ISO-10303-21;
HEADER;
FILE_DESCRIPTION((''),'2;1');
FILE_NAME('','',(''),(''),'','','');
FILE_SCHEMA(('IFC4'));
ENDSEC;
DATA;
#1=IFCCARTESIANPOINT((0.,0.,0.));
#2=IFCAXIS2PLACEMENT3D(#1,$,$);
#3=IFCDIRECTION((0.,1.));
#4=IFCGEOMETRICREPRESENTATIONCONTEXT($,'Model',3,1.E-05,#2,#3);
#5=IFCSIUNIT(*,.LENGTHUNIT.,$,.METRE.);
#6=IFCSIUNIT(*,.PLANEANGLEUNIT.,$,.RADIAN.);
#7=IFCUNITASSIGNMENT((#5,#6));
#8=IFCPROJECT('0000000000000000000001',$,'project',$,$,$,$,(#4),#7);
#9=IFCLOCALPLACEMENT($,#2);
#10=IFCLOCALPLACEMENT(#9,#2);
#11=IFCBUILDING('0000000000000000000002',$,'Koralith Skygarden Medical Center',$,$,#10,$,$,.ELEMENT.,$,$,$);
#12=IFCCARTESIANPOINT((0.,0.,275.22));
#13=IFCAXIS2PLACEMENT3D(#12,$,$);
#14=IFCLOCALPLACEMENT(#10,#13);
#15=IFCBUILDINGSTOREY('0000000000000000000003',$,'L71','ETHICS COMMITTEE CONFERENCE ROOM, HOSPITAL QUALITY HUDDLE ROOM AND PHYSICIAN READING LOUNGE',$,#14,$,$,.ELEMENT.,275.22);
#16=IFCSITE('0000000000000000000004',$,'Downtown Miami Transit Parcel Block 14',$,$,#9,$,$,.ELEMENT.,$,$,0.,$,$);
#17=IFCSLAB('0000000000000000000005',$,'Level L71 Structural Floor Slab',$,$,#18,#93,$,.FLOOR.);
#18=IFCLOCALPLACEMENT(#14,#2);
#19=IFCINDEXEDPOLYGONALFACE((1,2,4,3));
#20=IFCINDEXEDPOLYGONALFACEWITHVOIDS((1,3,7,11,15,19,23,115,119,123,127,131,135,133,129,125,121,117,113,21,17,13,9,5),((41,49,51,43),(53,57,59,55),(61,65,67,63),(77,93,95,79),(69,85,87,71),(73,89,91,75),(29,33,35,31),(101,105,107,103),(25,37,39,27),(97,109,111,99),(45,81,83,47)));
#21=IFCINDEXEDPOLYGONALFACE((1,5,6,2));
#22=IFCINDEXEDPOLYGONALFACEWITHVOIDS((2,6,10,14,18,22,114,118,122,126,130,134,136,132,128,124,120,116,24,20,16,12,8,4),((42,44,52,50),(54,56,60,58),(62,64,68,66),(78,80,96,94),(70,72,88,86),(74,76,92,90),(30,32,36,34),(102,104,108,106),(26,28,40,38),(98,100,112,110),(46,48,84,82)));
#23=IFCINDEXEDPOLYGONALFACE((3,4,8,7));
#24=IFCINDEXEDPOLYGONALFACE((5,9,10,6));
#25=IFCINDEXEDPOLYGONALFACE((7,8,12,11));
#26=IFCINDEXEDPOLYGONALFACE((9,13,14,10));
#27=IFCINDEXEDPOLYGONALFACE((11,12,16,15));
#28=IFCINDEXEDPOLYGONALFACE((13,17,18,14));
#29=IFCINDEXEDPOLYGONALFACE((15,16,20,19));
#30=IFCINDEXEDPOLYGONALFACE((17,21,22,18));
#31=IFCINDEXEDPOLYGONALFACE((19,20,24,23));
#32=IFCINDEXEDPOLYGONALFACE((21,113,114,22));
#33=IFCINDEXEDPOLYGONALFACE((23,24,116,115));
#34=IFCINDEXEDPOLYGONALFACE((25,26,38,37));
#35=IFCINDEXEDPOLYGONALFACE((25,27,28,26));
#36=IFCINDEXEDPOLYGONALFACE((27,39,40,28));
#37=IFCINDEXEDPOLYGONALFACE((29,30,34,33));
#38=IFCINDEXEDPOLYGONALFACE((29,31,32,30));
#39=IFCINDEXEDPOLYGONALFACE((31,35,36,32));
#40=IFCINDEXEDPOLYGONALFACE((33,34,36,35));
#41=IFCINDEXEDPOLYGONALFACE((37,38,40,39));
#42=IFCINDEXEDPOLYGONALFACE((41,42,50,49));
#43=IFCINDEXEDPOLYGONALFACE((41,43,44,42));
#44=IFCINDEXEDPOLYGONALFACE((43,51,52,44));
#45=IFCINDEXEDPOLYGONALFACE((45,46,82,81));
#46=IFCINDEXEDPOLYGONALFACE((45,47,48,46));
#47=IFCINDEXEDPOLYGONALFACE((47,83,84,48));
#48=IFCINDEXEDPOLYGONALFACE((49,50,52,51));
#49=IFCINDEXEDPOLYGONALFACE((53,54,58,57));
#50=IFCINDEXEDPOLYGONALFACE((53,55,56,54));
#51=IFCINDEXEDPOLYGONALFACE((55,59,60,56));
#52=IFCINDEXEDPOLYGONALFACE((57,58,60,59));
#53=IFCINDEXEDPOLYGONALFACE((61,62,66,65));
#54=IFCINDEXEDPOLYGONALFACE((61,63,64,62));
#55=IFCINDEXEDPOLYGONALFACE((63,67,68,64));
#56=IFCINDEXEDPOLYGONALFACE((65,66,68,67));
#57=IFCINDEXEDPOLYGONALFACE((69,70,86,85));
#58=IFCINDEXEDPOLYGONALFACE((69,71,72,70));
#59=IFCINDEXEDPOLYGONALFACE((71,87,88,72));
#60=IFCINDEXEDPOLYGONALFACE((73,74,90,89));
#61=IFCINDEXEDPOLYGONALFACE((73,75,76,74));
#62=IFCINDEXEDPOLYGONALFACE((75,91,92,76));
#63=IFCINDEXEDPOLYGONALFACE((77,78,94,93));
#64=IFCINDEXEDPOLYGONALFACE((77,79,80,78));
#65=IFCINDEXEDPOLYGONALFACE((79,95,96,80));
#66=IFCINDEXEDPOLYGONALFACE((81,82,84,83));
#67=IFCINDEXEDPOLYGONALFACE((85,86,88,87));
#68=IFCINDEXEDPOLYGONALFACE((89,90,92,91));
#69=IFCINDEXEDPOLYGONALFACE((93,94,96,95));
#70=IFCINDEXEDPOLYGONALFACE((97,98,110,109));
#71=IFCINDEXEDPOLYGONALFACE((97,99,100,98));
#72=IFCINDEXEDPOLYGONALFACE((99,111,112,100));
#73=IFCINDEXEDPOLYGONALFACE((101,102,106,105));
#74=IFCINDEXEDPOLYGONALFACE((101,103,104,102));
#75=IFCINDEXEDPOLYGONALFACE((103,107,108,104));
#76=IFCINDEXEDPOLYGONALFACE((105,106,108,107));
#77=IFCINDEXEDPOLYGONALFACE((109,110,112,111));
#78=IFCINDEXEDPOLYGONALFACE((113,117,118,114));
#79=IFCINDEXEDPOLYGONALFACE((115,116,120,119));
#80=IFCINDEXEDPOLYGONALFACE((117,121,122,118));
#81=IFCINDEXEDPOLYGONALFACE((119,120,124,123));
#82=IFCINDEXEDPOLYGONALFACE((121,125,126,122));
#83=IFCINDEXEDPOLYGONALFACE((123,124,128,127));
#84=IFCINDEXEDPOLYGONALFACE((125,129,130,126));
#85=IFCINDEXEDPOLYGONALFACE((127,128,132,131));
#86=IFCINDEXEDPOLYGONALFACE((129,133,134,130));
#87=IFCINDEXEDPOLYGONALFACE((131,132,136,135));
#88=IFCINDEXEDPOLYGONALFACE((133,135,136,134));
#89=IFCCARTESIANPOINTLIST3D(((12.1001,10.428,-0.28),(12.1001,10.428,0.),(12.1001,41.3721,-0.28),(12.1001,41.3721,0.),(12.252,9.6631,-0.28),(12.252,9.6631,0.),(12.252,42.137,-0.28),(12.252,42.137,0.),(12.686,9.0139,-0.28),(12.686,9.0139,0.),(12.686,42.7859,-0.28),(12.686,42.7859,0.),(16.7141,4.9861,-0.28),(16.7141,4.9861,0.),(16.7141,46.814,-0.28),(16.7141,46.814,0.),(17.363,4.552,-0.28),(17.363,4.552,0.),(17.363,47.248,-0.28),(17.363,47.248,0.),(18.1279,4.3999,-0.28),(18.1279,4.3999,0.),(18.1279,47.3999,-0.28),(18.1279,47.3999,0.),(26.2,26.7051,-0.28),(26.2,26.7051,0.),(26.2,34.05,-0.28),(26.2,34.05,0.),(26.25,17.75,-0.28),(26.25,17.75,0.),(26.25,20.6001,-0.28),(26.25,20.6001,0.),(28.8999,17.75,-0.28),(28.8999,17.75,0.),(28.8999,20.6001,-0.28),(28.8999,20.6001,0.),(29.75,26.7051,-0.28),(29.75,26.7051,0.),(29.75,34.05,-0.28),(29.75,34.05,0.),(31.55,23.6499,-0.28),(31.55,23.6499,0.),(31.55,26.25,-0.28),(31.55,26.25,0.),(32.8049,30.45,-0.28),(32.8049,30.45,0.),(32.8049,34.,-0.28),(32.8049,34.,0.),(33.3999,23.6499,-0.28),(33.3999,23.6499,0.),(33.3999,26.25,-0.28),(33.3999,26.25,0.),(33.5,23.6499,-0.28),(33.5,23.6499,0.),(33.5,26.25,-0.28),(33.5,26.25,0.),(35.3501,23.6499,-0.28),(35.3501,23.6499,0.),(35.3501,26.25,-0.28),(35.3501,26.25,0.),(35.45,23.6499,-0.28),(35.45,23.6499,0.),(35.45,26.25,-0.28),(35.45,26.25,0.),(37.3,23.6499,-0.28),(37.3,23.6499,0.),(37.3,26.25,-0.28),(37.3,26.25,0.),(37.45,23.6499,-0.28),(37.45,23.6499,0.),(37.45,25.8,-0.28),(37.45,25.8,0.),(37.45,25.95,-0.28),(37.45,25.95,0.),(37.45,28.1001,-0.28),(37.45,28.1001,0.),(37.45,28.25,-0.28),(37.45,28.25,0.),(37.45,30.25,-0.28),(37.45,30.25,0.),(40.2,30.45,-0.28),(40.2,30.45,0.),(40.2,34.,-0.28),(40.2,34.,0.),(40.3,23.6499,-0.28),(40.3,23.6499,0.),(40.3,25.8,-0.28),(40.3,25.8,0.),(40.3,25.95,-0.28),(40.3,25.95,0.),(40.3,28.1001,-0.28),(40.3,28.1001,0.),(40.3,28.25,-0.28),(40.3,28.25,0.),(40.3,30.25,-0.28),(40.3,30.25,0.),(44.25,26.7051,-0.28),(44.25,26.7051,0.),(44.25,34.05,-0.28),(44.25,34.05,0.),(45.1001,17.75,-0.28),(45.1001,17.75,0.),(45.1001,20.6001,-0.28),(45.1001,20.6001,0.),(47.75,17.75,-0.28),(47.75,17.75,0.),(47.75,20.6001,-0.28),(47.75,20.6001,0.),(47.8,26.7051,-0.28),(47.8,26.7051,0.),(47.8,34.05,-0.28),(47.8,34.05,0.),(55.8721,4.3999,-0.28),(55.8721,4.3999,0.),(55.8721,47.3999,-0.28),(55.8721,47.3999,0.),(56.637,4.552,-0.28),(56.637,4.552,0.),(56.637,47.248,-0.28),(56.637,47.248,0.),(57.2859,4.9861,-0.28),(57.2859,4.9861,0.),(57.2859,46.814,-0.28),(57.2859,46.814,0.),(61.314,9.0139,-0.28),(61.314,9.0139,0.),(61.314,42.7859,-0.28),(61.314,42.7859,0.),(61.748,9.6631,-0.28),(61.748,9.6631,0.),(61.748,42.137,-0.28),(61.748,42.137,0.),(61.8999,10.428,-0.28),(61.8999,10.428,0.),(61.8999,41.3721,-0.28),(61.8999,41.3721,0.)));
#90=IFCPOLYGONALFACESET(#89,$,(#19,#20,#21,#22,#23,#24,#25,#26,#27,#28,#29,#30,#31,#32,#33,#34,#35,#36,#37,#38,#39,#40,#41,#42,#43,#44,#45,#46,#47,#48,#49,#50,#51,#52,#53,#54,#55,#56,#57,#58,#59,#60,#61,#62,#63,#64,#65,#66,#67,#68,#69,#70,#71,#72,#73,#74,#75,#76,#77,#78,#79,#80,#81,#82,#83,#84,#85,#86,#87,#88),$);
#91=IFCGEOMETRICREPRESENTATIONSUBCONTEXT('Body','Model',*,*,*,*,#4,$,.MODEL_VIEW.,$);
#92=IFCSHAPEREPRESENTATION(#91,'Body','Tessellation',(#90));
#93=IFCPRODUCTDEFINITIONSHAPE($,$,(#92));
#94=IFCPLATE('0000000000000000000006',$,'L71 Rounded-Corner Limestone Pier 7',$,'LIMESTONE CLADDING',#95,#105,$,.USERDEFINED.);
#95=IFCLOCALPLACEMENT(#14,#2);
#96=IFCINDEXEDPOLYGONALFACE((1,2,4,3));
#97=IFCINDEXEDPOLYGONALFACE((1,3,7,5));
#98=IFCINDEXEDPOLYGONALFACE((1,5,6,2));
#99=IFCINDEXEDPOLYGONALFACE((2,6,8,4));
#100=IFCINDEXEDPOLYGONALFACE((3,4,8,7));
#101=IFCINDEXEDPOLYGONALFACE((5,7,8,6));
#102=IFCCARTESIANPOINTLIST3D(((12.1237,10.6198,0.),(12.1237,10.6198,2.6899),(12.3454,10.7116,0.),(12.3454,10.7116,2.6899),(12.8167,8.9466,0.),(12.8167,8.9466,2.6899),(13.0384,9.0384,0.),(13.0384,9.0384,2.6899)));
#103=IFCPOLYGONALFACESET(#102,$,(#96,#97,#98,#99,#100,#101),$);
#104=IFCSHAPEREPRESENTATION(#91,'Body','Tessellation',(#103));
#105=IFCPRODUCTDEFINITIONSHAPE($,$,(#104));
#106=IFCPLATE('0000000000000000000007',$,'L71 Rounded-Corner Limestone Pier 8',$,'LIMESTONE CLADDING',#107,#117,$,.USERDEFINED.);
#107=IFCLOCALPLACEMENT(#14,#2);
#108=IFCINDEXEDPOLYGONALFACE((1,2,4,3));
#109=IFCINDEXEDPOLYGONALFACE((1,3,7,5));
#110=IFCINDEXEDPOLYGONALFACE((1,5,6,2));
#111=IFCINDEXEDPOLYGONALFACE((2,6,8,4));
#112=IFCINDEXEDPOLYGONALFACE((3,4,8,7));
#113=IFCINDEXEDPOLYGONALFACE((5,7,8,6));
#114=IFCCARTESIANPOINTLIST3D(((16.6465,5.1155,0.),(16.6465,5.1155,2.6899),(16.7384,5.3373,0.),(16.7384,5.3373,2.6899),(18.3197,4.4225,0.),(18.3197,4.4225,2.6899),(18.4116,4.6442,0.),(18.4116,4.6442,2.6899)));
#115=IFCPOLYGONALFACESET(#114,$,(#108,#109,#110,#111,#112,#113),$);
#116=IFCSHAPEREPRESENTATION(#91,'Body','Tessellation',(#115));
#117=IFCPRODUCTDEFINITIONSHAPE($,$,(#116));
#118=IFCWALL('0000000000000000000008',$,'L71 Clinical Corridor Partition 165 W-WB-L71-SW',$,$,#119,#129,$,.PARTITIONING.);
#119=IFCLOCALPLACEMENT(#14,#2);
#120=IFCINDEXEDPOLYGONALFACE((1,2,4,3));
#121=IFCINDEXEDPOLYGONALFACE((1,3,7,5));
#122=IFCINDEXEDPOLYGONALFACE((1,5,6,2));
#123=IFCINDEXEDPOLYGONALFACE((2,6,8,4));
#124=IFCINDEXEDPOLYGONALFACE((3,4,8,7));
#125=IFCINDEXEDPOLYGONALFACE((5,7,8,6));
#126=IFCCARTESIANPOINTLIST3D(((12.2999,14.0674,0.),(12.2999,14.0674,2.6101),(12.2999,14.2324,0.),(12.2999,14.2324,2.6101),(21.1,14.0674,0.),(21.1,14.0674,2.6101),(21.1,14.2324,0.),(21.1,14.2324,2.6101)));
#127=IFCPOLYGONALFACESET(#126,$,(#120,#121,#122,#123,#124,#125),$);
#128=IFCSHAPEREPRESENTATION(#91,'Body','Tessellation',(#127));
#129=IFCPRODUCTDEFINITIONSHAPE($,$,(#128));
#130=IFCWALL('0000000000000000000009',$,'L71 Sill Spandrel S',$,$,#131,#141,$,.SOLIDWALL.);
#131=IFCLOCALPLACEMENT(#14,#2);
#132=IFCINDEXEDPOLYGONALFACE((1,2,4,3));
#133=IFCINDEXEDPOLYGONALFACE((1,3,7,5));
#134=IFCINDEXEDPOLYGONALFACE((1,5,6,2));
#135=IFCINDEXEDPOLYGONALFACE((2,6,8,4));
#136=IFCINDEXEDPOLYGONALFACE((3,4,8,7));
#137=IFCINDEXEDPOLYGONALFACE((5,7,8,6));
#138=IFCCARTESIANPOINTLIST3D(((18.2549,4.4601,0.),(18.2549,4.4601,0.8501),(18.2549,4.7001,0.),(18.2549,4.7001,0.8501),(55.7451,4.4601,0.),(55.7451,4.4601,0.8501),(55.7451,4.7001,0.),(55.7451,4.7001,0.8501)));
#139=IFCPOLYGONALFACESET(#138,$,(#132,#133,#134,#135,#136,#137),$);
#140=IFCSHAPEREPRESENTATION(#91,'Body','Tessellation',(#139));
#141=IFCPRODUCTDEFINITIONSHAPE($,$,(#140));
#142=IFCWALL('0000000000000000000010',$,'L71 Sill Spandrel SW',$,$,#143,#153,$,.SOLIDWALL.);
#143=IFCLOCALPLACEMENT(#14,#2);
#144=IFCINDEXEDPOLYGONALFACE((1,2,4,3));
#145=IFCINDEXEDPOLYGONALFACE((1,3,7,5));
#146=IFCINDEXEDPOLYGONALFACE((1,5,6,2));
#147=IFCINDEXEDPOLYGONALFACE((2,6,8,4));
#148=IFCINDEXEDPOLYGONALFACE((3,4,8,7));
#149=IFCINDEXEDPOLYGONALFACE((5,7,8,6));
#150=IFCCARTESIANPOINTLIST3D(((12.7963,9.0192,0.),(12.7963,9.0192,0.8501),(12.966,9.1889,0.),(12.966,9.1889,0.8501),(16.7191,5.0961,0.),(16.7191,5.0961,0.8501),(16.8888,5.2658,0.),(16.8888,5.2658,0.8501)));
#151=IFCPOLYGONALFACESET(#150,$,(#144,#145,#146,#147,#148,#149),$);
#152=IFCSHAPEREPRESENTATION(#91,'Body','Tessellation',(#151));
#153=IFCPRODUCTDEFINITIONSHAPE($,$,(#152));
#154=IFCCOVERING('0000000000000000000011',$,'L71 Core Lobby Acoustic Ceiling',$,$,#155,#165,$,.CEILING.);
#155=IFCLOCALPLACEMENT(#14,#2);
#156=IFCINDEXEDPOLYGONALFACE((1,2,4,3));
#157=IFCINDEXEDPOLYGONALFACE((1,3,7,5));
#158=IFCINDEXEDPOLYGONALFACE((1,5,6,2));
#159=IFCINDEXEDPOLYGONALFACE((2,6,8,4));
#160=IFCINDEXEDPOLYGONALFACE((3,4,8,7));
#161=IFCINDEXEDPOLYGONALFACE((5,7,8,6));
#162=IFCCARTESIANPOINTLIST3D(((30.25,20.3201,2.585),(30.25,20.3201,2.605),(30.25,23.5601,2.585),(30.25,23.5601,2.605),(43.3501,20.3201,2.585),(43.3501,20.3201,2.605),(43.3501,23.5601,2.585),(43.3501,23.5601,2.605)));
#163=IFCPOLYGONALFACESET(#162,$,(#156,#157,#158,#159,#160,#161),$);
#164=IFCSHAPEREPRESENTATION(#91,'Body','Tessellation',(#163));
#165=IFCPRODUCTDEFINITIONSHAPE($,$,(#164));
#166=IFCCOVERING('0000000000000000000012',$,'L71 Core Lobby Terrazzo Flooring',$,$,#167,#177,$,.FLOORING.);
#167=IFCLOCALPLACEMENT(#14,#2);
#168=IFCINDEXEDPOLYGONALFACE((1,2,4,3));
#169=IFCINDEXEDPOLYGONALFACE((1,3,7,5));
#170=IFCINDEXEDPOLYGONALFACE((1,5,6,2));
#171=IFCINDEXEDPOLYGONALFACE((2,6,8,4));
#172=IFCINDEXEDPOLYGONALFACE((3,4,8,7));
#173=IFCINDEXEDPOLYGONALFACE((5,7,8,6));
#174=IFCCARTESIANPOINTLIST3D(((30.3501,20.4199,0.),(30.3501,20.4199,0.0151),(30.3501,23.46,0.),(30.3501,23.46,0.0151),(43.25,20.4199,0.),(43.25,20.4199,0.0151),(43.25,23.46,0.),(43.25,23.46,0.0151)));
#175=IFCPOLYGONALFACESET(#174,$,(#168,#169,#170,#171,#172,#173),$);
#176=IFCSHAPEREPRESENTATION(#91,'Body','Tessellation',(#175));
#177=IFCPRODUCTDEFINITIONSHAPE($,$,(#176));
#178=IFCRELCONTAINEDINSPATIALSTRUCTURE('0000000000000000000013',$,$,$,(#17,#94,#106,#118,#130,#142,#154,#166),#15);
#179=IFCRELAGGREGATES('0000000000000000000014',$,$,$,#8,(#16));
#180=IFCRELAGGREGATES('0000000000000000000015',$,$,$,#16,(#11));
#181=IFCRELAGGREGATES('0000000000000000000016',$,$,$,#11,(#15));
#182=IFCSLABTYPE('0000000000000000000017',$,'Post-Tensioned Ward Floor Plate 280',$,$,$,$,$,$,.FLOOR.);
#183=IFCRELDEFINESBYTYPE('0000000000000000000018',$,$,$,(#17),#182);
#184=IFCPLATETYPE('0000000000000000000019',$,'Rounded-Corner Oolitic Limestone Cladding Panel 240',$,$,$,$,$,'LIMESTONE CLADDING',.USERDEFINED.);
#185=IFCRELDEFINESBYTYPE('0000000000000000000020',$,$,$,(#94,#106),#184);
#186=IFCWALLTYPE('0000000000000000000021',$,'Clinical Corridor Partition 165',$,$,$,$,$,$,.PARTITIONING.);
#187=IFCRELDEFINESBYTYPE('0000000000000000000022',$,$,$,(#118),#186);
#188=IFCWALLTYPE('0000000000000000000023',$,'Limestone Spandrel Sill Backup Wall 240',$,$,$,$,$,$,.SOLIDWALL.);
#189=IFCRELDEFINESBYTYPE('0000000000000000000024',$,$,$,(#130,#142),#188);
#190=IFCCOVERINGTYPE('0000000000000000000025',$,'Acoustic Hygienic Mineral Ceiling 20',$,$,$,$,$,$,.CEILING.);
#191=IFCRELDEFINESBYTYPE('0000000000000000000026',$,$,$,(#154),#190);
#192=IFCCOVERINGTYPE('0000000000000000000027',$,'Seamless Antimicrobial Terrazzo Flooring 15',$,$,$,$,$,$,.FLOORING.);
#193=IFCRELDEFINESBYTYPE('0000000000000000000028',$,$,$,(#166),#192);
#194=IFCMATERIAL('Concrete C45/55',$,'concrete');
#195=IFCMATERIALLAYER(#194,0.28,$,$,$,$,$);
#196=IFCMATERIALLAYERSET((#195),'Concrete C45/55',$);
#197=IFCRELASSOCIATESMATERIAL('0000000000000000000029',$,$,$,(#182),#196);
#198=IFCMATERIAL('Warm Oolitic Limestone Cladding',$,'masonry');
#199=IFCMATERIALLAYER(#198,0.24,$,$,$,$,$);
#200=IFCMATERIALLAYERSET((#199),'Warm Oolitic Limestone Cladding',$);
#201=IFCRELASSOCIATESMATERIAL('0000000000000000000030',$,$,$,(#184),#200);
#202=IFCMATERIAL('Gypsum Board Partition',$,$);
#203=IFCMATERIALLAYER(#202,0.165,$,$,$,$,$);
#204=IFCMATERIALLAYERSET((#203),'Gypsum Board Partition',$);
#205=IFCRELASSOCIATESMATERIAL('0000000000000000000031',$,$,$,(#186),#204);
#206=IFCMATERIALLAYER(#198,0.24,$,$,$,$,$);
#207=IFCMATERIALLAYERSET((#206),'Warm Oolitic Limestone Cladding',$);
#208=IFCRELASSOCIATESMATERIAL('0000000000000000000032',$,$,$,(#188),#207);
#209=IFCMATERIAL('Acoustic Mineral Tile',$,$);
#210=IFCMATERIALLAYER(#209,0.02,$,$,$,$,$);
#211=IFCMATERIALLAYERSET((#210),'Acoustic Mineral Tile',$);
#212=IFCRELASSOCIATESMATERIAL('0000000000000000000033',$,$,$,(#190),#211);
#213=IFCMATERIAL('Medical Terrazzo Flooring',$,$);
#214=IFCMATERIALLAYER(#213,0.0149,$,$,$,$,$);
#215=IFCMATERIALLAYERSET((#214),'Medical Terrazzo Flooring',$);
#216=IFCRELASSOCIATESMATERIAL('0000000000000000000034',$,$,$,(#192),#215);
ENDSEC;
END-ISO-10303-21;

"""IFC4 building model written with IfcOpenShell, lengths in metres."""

from ifc_helpers import new_model, si_unit, direction, frame, frame_2d, origin, origin_2d, place, context, subcontext, project, spatial, polyline, rectangle, outline, extrude, material, layer, layer_set, type_object, element, save


model = new_model("IFC4")

# Units and contexts
model_context = context("Model", 3, precision=1e-05, world=origin(), true_north=direction((0.0, 1.0)))
body_context = subcontext(model_context, "Body", "Model", "MODEL_VIEW")
ifc_project = project(units=[si_unit("LENGTHUNIT", "METRE"), si_unit("PLANEANGLEUNIT", "RADIAN")], contexts=[model_context])

# Site, building, storey
site_placement = place(None, origin())
site = spatial("IfcSite", under=ifc_project, at=site_placement, Name="Downtown Miami Transit Parcel Block 14", CompositionType="ELEMENT", RefElevation=0.0)
building_placement = place(site_placement, origin())
building = spatial("IfcBuilding", under=site, at=building_placement, Name="Koralith Skygarden Medical Center", CompositionType="ELEMENT")
storey_placement = place(building_placement, frame((0.0, 0.0, 275.22)))
storey = spatial("IfcBuildingStorey", under=building, at=storey_placement, Name="L71", Description="ETHICS COMMITTEE CONFERENCE ROOM, HOSPITAL QUALITY HUDDLE ROOM AND PHYSICIAN READING LOUNGE", CompositionType="ELEMENT", Elevation=275.22)

# Shared definitions
ifc_material_1 = material(Name="Concrete C45/55", Category="concrete")

# Slab
ifc_layer_1 = layer(ifc_material_1, 0.28)
ifc_layer_set_1 = layer_set([ifc_layer_1], Name="Concrete C45/55")
slab_type_1 = type_object("IfcSlabType", Name="Post-Tensioned Ward Floor Plate 280", PredefinedType="FLOOR", material=ifc_layer_set_1)
slab_1_placement = place(storey_placement, frame((0.0, 0.0, -0.28)))
element("IfcSlab", 1, at=slab_1_placement, inside=storey, type_object=slab_type_1, Name="Level L71 Structural Floor Slab", PredefinedType="FLOOR", context=body_context, shape_type="SweptSolid", body=[
    extrude(outline(polyline([(16.7141, 4.9861), (17.363, 4.552), (18.1279, 4.3999), (55.8721, 4.3999), (56.637, 4.552), (57.2859, 4.9861), (61.314, 9.0139), (61.748, 9.6631), (61.8999, 10.428), (61.8999, 41.3721), (61.748, 42.137), (61.314, 42.7859), (57.2859, 46.814), (56.637, 47.248), (55.8721, 47.3999), (18.1279, 47.3999), (17.363, 47.248), (16.7141, 46.814), (12.686, 42.7859), (12.252, 42.137), (12.1001, 41.3721), (12.1001, 10.428), (12.252, 9.6631), (12.686, 9.0139), (16.7141, 4.9861)]), holes=[polyline([(26.2, 26.7051), (29.75, 26.7051), (29.75, 34.05), (26.2, 34.05), (26.2, 26.7051)]), polyline([(44.25, 26.7051), (47.8, 26.7051), (47.8, 34.05), (44.25, 34.05), (44.25, 26.7051)]), polyline([(32.8049, 30.45), (40.2, 30.45), (40.2, 34.0), (32.8049, 34.0), (32.8049, 30.45)]), polyline([(26.25, 17.75), (28.8999, 17.75), (28.8999, 20.6001), (26.25, 20.6001), (26.25, 17.75)]), polyline([(45.1001, 17.75), (47.75, 17.75), (47.75, 20.6001), (45.1001, 20.6001), (45.1001, 17.75)]), polyline([(31.55, 23.6499), (33.3999, 23.6499), (33.3999, 26.25), (31.55, 26.25), (31.55, 23.6499)]), polyline([(33.5, 23.6499), (35.3501, 23.6499), (35.3501, 26.25), (33.5, 26.25), (33.5, 23.6499)]), polyline([(35.45, 23.6499), (37.3, 23.6499), (37.3, 26.25), (35.45, 26.25), (35.45, 23.6499)]), polyline([(37.45, 23.6499), (40.3, 23.6499), (40.3, 25.8), (37.45, 25.8), (37.45, 23.6499)]), polyline([(37.45, 25.95), (40.3, 25.95), (40.3, 28.1001), (37.45, 28.1001), (37.45, 25.95)]), polyline([(37.45, 28.25), (40.3, 28.25), (40.3, 30.25), (37.45, 30.25), (37.45, 28.25)])]), origin(), (0.0, 0.0, 1.0), 0.28),
])

# Plates
ifc_material_2 = material(Name="Warm Oolitic Limestone Cladding", Category="masonry")
ifc_layer_2 = layer(ifc_material_2, 0.24)
ifc_layer_set_2 = layer_set([ifc_layer_2], Name="Warm Oolitic Limestone Cladding")
plate_type_1 = type_object("IfcPlateType", Name="Rounded-Corner Oolitic Limestone Cladding Panel 240", ElementType="LIMESTONE CLADDING", PredefinedType="USERDEFINED", material=ifc_layer_set_2)
for number, where, z_axis, x_axis, name in (
    (2, (12.5811, 9.8291, 0.0), (0.0, 0.0, 1.0), (0.382671, -0.923885, 0.0), "L71 Rounded-Corner Limestone Pier 7"),
    (3, (17.5291, 4.8799, 0.0), (0.0, 0.0, 1.0), (0.923885, -0.382671, 0.0), "L71 Rounded-Corner Limestone Pier 8"),
):
    element("IfcPlate", number, at=place(storey_placement, frame(where, z_axis=z_axis, x_axis=x_axis)), inside=storey, type_object=plate_type_1, Name=name, ObjectType="LIMESTONE CLADDING", PredefinedType="USERDEFINED", context=body_context, shape_type="SweptSolid", body=[
        extrude(rectangle(XDim=1.811, YDim=0.24, at=origin_2d()), origin(), (0.0, 0.0, 1.0), 2.6899),
    ])

# Walls
ifc_material_3 = material(Name="Gypsum Board Partition")
ifc_layer_3 = layer(ifc_material_3, 0.165)
ifc_layer_set_3 = layer_set([ifc_layer_3], Name="Gypsum Board Partition")
wall_type_1 = type_object("IfcWallType", Name="Clinical Corridor Partition 165", PredefinedType="PARTITIONING", material=ifc_layer_set_3)
wall_1_placement = place(storey_placement, frame((12.3, 14.1499, 0.0), z_axis=(0.0, 0.0, 1.0), x_axis=(1.0, 0.0, 0.0)))
element("IfcWall", 4, at=wall_1_placement, inside=storey, type_object=wall_type_1, Name="L71 Clinical Corridor Partition 165 W-WB-L71-SW", PredefinedType="PARTITIONING", context=body_context, shape_type="SweptSolid", body=[
    extrude(rectangle(XDim=8.8, YDim=0.165, at=frame_2d((4.3999, 0.0))), origin(), (0.0, 0.0, 1.0), 2.6101),
])
ifc_layer_4 = layer(ifc_material_2, 0.24)
ifc_layer_set_4 = layer_set([ifc_layer_4], Name="Warm Oolitic Limestone Cladding")
wall_type_2 = type_object("IfcWallType", Name="Limestone Spandrel Sill Backup Wall 240", PredefinedType="SOLIDWALL", material=ifc_layer_set_4)
wall_2_placement = place(storey_placement, frame((18.2549, 4.5801, 0.0), z_axis=(0.0, 0.0, 1.0), x_axis=(1.0, 0.0, 0.0)))
element("IfcWall", 5, at=wall_2_placement, inside=storey, type_object=wall_type_2, Name="L71 Sill Spandrel S", PredefinedType="SOLIDWALL", context=body_context, shape_type="SweptSolid", body=[
    extrude(rectangle(XDim=37.4902, YDim=0.24, at=frame_2d((18.7451, 0.0))), origin(), (0.0, 0.0, 1.0), 0.8501),
])
wall_3_placement = place(storey_placement, frame((12.8811, 9.104, 0.0), z_axis=(0.0, 0.0, 1.0), x_axis=(0.707085, -0.707129, 0.0)))
element("IfcWall", 6, at=wall_3_placement, inside=storey, type_object=wall_type_2, Name="L71 Sill Spandrel SW", PredefinedType="SOLIDWALL", context=body_context, shape_type="SweptSolid", body=[
    extrude(rectangle(XDim=5.5479, YDim=0.24, at=frame_2d((2.7739, 0.0))), origin(), (0.0, 0.0, 1.0), 0.8501),
])

# Coverings
ifc_material_4 = material(Name="Acoustic Mineral Tile")
ifc_layer_5 = layer(ifc_material_4, 0.02)
ifc_layer_set_5 = layer_set([ifc_layer_5], Name="Acoustic Mineral Tile")
covering_type_1 = type_object("IfcCoveringType", Name="Acoustic Hygienic Mineral Ceiling 20", PredefinedType="CEILING", material=ifc_layer_set_5)
covering_1_placement = place(storey_placement, frame((0.0, 0.0, 2.585)))
element("IfcCovering", 7, at=covering_1_placement, inside=storey, type_object=covering_type_1, Name="L71 Core Lobby Acoustic Ceiling", PredefinedType="CEILING", context=body_context, shape_type="SweptSolid", body=[
    extrude(outline(polyline([(30.25, 20.3201), (43.3501, 20.3201), (43.3501, 23.5601), (30.25, 23.5601), (30.25, 20.3201)])), origin(), (0.0, 0.0, 1.0), 0.02),
])
ifc_material_5 = material(Name="Medical Terrazzo Flooring")
ifc_layer_6 = layer(ifc_material_5, 0.0149)
ifc_layer_set_6 = layer_set([ifc_layer_6], Name="Medical Terrazzo Flooring")
covering_type_2 = type_object("IfcCoveringType", Name="Seamless Antimicrobial Terrazzo Flooring 15", PredefinedType="FLOORING", material=ifc_layer_set_6)
covering_2_placement = place(storey_placement, origin())
element("IfcCovering", 8, at=covering_2_placement, inside=storey, type_object=covering_type_2, Name="L71 Core Lobby Terrazzo Flooring", PredefinedType="FLOORING", context=body_context, shape_type="SweptSolid", body=[
    extrude(outline(polyline([(30.3501, 20.4199), (43.25, 20.4199), (43.25, 23.46), (30.3501, 23.46), (30.3501, 20.4199)])), origin(), (0.0, 0.0, 1.0), 0.0151),
])

save(model, "model.ifc")
